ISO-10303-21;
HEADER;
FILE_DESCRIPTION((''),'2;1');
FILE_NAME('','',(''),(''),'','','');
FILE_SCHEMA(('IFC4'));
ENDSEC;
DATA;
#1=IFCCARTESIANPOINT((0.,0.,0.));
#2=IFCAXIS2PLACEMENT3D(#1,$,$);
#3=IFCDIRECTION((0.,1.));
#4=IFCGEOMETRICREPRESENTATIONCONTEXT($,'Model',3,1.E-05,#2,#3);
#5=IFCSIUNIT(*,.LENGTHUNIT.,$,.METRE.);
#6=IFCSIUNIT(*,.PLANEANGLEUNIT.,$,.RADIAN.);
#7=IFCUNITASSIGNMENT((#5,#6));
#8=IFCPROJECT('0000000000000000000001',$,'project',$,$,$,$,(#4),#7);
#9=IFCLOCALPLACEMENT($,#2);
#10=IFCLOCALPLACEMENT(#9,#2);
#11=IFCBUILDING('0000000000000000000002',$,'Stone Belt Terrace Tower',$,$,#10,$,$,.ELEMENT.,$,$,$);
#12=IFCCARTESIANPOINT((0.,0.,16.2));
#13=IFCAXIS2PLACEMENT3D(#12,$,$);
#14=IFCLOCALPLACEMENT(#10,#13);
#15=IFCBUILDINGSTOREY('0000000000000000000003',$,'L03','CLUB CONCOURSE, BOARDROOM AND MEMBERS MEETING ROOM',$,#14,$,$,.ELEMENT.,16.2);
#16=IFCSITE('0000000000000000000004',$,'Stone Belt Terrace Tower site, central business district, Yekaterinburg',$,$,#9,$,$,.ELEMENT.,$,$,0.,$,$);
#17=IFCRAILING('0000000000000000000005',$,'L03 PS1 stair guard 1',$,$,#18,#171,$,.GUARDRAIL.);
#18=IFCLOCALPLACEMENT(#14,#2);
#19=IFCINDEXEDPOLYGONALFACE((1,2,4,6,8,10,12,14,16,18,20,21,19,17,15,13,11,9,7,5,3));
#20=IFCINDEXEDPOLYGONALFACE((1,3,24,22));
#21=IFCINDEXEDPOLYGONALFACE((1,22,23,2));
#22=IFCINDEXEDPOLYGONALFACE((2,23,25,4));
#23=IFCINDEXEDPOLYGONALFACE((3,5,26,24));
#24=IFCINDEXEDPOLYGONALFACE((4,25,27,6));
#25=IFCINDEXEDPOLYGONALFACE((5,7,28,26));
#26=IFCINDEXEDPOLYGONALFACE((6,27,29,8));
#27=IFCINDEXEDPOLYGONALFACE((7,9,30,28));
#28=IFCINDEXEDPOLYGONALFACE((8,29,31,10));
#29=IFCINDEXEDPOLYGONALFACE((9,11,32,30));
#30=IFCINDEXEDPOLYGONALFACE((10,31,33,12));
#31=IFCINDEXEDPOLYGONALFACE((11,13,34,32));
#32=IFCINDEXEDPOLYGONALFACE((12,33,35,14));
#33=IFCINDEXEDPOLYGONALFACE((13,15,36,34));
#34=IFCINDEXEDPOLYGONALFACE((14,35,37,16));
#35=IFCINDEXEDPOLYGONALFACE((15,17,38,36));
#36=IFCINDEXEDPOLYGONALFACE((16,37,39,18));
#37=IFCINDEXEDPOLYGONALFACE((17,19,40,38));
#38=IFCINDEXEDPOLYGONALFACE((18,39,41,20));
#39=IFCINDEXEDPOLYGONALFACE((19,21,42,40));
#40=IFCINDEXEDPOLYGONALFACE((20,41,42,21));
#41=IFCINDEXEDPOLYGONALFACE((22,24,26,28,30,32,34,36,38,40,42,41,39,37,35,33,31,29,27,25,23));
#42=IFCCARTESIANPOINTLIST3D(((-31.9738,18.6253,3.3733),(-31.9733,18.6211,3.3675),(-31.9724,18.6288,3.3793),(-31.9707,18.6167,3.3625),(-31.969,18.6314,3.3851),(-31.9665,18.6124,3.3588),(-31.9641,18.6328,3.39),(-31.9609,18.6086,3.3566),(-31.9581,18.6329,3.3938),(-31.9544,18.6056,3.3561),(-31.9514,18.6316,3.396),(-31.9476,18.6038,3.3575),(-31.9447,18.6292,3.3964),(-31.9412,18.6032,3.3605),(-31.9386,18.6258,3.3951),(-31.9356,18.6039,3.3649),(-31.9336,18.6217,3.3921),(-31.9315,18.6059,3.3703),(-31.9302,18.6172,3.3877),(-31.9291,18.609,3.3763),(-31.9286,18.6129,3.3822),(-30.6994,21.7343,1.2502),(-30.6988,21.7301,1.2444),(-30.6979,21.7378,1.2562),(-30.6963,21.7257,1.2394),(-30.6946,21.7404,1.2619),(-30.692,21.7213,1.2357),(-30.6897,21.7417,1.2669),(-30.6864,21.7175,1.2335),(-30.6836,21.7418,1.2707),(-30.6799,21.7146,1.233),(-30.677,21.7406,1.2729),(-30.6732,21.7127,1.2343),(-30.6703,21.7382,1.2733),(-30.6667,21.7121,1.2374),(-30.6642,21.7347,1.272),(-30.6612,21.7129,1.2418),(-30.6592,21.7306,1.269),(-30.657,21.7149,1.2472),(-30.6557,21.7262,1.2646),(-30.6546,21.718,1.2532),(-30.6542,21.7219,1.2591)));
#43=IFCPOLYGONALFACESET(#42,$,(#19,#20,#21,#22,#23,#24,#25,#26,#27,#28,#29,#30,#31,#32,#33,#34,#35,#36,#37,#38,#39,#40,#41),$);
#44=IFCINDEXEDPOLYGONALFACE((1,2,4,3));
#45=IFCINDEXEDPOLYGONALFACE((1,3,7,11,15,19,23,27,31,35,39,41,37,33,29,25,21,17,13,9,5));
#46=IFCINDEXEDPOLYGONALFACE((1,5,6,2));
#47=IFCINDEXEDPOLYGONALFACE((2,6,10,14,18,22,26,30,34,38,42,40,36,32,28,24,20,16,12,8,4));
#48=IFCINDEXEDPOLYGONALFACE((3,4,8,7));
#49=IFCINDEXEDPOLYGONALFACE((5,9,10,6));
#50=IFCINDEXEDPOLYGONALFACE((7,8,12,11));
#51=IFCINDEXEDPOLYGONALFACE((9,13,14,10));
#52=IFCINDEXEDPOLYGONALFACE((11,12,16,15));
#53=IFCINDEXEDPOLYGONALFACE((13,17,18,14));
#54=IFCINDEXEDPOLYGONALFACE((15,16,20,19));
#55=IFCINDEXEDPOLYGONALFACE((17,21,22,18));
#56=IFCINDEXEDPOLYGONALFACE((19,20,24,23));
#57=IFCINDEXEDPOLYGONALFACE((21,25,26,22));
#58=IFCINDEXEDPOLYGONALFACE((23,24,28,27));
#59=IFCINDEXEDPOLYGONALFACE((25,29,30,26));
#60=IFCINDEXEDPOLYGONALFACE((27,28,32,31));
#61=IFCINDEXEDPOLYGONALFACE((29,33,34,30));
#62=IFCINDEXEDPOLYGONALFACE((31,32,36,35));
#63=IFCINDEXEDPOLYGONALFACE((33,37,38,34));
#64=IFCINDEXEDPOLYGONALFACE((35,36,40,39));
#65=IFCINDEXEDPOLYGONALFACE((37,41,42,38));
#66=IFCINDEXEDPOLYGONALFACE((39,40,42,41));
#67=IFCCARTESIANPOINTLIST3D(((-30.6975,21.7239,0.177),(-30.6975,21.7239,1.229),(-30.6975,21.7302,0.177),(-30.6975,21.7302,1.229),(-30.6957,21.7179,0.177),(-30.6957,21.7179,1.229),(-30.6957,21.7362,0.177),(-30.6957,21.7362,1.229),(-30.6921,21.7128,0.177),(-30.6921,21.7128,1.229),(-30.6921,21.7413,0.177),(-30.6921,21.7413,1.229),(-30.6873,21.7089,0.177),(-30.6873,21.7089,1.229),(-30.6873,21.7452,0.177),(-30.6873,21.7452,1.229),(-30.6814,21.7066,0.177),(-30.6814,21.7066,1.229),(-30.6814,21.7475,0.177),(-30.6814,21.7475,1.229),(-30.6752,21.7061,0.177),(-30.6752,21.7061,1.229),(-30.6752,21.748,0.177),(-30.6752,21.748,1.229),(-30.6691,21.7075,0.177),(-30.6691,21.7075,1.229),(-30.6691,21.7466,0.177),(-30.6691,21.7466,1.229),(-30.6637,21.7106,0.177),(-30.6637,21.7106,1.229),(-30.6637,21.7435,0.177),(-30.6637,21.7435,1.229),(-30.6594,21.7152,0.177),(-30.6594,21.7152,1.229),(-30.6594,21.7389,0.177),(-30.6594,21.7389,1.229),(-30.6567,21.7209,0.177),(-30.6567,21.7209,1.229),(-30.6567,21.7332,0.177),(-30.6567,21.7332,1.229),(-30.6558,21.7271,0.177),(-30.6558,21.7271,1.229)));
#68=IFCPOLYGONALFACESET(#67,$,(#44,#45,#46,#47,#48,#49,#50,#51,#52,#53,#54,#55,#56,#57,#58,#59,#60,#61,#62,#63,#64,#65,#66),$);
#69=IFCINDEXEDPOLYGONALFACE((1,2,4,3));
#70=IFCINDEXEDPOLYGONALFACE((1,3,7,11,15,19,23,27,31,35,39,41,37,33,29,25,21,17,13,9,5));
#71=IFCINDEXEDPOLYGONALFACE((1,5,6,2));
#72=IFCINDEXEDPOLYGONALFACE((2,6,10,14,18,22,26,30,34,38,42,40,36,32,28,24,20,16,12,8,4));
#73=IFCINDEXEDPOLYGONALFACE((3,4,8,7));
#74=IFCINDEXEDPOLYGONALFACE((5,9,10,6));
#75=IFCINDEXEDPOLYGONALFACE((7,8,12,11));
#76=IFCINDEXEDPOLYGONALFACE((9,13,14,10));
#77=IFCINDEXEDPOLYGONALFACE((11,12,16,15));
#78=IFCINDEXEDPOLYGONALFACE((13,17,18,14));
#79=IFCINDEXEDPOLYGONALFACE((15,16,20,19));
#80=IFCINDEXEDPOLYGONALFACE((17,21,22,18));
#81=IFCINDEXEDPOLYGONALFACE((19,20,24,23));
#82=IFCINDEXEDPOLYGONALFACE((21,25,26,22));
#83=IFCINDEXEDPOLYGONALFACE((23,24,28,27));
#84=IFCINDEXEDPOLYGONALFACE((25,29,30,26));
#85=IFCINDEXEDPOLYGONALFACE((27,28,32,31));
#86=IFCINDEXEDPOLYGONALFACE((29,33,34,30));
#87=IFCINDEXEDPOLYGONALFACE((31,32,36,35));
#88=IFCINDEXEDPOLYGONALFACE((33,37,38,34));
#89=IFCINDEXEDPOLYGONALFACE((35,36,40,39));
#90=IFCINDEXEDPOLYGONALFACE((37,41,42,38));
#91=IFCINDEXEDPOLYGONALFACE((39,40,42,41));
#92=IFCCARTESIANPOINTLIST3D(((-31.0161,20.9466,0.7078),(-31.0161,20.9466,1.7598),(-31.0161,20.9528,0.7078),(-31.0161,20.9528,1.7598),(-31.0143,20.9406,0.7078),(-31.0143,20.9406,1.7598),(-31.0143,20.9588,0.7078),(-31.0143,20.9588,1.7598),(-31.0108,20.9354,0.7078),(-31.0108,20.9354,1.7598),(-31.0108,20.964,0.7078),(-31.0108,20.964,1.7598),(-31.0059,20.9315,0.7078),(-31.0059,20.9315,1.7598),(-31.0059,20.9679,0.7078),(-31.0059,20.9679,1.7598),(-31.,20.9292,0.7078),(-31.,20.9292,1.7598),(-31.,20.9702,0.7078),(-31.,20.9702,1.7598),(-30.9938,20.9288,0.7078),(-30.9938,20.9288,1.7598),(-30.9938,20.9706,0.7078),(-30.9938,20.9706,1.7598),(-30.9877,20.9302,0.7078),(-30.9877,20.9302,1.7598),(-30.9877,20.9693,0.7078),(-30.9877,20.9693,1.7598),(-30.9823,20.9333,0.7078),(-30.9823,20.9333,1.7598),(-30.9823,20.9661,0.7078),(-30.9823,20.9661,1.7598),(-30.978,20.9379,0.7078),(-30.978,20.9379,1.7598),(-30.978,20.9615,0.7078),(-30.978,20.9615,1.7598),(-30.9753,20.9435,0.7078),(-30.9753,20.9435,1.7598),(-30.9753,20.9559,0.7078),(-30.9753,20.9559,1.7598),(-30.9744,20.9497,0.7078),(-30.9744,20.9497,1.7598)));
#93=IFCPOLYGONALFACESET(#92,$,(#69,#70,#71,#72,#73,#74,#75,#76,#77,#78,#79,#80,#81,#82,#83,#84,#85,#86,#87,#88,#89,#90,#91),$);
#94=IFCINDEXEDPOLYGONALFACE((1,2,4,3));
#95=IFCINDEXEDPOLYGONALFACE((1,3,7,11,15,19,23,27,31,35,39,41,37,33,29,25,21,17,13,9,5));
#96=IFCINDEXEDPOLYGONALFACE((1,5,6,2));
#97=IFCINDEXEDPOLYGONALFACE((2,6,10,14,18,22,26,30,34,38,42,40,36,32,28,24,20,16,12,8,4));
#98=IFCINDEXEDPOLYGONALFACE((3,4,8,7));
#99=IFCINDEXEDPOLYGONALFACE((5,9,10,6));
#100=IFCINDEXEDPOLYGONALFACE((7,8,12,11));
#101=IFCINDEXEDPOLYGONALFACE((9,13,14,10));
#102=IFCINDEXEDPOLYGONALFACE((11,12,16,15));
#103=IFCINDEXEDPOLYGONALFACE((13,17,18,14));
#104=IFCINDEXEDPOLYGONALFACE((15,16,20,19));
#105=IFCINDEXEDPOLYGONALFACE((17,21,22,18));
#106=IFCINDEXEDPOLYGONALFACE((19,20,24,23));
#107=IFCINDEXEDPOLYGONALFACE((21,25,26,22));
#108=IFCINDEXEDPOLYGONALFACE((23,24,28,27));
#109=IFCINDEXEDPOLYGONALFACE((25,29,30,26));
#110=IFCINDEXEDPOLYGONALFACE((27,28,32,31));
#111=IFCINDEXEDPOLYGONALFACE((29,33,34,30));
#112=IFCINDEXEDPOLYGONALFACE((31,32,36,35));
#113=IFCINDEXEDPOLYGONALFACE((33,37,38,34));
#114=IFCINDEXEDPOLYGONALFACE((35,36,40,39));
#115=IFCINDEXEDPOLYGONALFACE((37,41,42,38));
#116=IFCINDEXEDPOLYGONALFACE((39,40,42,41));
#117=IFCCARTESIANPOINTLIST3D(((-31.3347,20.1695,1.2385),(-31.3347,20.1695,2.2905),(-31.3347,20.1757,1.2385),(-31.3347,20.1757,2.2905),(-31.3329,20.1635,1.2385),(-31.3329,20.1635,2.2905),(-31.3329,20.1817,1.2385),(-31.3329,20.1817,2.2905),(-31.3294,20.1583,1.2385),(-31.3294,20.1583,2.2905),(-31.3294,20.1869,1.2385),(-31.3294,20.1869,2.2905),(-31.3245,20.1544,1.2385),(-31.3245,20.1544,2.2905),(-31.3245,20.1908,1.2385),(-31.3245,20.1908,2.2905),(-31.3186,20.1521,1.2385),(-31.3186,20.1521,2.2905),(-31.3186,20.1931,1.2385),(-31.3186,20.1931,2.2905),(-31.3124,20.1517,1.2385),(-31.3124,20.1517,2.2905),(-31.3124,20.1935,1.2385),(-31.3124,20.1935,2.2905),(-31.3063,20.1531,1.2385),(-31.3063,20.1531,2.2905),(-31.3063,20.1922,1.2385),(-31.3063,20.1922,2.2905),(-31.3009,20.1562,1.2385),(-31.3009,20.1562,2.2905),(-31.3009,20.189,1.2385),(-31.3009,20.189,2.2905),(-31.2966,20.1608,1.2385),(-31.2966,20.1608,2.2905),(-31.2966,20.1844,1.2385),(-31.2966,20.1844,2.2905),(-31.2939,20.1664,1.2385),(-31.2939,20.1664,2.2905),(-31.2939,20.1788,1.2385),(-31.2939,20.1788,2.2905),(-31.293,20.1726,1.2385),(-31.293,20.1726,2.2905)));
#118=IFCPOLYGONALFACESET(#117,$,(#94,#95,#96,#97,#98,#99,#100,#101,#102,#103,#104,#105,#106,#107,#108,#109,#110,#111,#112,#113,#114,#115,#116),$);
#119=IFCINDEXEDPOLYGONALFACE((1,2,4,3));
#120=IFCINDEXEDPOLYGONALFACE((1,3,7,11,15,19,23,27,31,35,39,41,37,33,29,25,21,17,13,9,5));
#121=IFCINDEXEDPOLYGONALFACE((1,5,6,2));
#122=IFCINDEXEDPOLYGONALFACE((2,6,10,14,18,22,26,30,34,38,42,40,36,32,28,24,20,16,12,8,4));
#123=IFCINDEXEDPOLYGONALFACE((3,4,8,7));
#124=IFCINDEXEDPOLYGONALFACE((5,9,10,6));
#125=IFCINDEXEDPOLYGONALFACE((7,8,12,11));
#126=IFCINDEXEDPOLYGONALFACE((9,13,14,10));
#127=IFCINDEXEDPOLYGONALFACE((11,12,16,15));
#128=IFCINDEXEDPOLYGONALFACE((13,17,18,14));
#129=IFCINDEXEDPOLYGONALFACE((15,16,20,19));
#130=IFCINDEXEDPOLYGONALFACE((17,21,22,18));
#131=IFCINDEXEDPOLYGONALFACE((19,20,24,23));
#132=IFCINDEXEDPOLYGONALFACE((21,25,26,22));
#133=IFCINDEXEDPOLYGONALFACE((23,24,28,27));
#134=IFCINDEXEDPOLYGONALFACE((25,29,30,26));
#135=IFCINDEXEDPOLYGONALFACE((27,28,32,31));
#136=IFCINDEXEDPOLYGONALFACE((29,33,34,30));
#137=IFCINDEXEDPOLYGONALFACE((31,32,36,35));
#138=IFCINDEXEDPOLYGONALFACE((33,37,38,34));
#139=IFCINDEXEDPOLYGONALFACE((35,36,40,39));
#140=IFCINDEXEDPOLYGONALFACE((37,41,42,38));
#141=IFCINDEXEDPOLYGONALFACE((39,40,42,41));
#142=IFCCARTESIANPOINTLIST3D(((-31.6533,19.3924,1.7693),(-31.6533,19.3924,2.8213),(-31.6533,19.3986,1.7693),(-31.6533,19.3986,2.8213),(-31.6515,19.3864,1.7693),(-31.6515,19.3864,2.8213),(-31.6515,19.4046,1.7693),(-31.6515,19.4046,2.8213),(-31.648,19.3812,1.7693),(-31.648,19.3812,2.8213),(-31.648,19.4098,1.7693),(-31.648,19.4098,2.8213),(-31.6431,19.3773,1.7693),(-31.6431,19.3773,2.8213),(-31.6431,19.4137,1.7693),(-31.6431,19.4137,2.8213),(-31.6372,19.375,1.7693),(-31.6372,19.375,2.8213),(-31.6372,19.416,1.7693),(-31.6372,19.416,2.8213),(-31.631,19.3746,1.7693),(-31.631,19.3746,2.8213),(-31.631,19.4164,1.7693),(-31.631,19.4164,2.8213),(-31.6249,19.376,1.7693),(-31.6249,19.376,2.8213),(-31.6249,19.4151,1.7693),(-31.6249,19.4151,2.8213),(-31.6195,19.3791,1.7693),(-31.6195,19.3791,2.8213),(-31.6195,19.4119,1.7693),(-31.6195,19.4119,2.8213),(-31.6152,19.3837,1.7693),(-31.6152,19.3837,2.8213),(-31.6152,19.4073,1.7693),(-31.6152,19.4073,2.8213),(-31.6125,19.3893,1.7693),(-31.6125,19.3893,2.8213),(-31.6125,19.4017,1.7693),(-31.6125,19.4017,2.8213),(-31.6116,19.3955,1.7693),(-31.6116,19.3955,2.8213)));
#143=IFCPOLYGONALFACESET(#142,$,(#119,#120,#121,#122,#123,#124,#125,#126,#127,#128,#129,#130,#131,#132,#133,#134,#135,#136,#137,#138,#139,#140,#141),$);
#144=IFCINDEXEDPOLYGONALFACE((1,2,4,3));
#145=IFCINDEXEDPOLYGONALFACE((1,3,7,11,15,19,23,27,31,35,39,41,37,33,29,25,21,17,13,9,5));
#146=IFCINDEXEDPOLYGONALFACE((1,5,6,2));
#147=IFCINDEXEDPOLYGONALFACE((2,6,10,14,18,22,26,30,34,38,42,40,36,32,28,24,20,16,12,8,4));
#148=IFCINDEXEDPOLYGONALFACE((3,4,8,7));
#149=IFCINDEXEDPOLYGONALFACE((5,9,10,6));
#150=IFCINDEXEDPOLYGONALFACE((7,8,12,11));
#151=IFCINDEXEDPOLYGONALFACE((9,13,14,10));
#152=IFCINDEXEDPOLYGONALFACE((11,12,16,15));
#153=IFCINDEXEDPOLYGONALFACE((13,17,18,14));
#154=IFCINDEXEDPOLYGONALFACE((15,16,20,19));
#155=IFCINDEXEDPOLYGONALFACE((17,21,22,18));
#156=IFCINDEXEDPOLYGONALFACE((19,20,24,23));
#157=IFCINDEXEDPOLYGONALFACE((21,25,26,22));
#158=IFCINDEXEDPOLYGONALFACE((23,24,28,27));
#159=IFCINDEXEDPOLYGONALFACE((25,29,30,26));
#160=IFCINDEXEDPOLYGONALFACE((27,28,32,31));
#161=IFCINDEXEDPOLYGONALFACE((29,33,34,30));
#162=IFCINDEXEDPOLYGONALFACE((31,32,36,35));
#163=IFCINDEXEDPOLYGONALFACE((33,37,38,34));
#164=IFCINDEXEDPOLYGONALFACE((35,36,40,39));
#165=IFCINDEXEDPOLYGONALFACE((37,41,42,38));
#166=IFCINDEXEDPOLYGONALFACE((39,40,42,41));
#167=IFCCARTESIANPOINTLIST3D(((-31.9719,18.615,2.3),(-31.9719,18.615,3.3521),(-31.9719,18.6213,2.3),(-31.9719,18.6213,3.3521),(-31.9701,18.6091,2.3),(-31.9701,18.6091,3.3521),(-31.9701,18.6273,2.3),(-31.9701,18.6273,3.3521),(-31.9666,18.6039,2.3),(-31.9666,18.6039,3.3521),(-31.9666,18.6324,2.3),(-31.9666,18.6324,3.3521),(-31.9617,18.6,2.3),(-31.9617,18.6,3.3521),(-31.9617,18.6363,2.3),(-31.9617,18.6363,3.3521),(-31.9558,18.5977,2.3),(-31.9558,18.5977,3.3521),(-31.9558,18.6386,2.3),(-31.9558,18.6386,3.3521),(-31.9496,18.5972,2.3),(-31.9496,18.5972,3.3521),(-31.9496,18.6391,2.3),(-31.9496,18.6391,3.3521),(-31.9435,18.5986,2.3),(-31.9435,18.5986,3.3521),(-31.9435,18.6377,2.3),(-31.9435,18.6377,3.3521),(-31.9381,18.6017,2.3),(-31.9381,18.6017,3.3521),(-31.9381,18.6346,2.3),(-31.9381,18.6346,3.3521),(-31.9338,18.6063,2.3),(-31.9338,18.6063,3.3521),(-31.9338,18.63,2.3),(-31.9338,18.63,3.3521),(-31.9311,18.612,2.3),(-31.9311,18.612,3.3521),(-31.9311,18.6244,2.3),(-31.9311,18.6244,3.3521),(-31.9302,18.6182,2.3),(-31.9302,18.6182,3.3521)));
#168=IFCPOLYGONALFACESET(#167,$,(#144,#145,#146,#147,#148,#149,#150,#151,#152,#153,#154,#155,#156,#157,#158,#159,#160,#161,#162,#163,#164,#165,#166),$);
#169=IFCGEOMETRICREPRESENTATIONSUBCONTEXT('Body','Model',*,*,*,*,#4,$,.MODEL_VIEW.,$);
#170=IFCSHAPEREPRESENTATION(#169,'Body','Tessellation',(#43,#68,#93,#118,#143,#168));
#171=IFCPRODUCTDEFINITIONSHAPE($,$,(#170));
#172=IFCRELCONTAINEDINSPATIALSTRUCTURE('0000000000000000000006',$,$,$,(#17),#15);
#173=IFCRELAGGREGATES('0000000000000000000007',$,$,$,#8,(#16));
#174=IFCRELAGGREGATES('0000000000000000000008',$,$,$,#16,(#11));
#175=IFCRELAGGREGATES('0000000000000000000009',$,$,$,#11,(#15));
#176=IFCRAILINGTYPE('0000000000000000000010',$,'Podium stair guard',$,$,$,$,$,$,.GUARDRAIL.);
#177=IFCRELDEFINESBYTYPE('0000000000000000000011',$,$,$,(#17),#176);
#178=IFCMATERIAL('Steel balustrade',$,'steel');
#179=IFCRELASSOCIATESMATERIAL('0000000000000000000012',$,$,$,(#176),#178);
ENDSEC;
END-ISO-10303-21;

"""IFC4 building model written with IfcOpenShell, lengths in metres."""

from ifc_helpers import new_model, si_unit, direction, frame, origin, origin_2d, place, context, subcontext, project, spatial, circle, extrude, material, type_object, element, save


model = new_model("IFC4")

# Units and contexts
model_context = context("Model", 3, precision=1e-05, world=origin(), true_north=direction((0.0, 1.0)))
body_context = subcontext(model_context, "Body", "Model", "MODEL_VIEW")
ifc_project = project(units=[si_unit("LENGTHUNIT", "METRE"), si_unit("PLANEANGLEUNIT", "RADIAN")], contexts=[model_context])

# Site, building, storey
site_placement = place(None, origin())
site = spatial("IfcSite", under=ifc_project, at=site_placement, Name="Stone Belt Terrace Tower site, central business district, Yekaterinburg", CompositionType="ELEMENT", RefElevation=0.0)
building_placement = place(site_placement, origin())
building = spatial("IfcBuilding", under=site, at=building_placement, Name="Stone Belt Terrace Tower", CompositionType="ELEMENT")
storey_placement = place(building_placement, frame((0.0, 0.0, 16.2)))
storey = spatial("IfcBuildingStorey", under=building, at=storey_placement, Name="L03", Description="CLUB CONCOURSE, BOARDROOM AND MEMBERS MEETING ROOM", CompositionType="ELEMENT", Elevation=16.2)

# Railing
ifc_material_1 = material(Name="Steel balustrade", Category="steel")
railing_type_1 = type_object("IfcRailingType", Name="Podium stair guard", PredefinedType="GUARDRAIL", material=ifc_material_1)
railing_1_placement = place(storey_placement, frame((-30.6768, 21.7271, 0.177)))
element("IfcRailing", 1, at=railing_1_placement, inside=storey, type_object=railing_type_1, Name="L03 PS1 stair guard 1", PredefinedType="GUARDRAIL", context=body_context, shape_type="SweptSolid", body=[
    extrude(circle(Radius=0.0239, at=origin_2d()), frame((0.0, 0.0, 1.0762), z_axis=(-0.320648, -0.782209, 0.534167), x_axis=(0.925276, -0.379295, 0.0)), (0.0, 0.0, 1.0), 3.9746),
    extrude(circle(Radius=0.021, at=origin_2d()), origin(), (0.0, 0.0, 1.0), 1.052),
    extrude(circle(Radius=0.021, at=origin_2d()), frame((-0.3186, -0.7773, 0.5308)), (0.0, 0.0, 1.0), 1.052),
    extrude(circle(Radius=0.021, at=origin_2d()), frame((-0.6372, -1.5544, 1.0615)), (0.0, 0.0, 1.0), 1.052),
    extrude(circle(Radius=0.021, at=origin_2d()), frame((-0.9558, -2.3315, 1.5923)), (0.0, 0.0, 1.0), 1.052),
    extrude(circle(Radius=0.021, at=origin_2d()), frame((-1.2744, -3.1089, 2.123)), (0.0, 0.0, 1.0), 1.052),
])

save(model, "model.ifc")
